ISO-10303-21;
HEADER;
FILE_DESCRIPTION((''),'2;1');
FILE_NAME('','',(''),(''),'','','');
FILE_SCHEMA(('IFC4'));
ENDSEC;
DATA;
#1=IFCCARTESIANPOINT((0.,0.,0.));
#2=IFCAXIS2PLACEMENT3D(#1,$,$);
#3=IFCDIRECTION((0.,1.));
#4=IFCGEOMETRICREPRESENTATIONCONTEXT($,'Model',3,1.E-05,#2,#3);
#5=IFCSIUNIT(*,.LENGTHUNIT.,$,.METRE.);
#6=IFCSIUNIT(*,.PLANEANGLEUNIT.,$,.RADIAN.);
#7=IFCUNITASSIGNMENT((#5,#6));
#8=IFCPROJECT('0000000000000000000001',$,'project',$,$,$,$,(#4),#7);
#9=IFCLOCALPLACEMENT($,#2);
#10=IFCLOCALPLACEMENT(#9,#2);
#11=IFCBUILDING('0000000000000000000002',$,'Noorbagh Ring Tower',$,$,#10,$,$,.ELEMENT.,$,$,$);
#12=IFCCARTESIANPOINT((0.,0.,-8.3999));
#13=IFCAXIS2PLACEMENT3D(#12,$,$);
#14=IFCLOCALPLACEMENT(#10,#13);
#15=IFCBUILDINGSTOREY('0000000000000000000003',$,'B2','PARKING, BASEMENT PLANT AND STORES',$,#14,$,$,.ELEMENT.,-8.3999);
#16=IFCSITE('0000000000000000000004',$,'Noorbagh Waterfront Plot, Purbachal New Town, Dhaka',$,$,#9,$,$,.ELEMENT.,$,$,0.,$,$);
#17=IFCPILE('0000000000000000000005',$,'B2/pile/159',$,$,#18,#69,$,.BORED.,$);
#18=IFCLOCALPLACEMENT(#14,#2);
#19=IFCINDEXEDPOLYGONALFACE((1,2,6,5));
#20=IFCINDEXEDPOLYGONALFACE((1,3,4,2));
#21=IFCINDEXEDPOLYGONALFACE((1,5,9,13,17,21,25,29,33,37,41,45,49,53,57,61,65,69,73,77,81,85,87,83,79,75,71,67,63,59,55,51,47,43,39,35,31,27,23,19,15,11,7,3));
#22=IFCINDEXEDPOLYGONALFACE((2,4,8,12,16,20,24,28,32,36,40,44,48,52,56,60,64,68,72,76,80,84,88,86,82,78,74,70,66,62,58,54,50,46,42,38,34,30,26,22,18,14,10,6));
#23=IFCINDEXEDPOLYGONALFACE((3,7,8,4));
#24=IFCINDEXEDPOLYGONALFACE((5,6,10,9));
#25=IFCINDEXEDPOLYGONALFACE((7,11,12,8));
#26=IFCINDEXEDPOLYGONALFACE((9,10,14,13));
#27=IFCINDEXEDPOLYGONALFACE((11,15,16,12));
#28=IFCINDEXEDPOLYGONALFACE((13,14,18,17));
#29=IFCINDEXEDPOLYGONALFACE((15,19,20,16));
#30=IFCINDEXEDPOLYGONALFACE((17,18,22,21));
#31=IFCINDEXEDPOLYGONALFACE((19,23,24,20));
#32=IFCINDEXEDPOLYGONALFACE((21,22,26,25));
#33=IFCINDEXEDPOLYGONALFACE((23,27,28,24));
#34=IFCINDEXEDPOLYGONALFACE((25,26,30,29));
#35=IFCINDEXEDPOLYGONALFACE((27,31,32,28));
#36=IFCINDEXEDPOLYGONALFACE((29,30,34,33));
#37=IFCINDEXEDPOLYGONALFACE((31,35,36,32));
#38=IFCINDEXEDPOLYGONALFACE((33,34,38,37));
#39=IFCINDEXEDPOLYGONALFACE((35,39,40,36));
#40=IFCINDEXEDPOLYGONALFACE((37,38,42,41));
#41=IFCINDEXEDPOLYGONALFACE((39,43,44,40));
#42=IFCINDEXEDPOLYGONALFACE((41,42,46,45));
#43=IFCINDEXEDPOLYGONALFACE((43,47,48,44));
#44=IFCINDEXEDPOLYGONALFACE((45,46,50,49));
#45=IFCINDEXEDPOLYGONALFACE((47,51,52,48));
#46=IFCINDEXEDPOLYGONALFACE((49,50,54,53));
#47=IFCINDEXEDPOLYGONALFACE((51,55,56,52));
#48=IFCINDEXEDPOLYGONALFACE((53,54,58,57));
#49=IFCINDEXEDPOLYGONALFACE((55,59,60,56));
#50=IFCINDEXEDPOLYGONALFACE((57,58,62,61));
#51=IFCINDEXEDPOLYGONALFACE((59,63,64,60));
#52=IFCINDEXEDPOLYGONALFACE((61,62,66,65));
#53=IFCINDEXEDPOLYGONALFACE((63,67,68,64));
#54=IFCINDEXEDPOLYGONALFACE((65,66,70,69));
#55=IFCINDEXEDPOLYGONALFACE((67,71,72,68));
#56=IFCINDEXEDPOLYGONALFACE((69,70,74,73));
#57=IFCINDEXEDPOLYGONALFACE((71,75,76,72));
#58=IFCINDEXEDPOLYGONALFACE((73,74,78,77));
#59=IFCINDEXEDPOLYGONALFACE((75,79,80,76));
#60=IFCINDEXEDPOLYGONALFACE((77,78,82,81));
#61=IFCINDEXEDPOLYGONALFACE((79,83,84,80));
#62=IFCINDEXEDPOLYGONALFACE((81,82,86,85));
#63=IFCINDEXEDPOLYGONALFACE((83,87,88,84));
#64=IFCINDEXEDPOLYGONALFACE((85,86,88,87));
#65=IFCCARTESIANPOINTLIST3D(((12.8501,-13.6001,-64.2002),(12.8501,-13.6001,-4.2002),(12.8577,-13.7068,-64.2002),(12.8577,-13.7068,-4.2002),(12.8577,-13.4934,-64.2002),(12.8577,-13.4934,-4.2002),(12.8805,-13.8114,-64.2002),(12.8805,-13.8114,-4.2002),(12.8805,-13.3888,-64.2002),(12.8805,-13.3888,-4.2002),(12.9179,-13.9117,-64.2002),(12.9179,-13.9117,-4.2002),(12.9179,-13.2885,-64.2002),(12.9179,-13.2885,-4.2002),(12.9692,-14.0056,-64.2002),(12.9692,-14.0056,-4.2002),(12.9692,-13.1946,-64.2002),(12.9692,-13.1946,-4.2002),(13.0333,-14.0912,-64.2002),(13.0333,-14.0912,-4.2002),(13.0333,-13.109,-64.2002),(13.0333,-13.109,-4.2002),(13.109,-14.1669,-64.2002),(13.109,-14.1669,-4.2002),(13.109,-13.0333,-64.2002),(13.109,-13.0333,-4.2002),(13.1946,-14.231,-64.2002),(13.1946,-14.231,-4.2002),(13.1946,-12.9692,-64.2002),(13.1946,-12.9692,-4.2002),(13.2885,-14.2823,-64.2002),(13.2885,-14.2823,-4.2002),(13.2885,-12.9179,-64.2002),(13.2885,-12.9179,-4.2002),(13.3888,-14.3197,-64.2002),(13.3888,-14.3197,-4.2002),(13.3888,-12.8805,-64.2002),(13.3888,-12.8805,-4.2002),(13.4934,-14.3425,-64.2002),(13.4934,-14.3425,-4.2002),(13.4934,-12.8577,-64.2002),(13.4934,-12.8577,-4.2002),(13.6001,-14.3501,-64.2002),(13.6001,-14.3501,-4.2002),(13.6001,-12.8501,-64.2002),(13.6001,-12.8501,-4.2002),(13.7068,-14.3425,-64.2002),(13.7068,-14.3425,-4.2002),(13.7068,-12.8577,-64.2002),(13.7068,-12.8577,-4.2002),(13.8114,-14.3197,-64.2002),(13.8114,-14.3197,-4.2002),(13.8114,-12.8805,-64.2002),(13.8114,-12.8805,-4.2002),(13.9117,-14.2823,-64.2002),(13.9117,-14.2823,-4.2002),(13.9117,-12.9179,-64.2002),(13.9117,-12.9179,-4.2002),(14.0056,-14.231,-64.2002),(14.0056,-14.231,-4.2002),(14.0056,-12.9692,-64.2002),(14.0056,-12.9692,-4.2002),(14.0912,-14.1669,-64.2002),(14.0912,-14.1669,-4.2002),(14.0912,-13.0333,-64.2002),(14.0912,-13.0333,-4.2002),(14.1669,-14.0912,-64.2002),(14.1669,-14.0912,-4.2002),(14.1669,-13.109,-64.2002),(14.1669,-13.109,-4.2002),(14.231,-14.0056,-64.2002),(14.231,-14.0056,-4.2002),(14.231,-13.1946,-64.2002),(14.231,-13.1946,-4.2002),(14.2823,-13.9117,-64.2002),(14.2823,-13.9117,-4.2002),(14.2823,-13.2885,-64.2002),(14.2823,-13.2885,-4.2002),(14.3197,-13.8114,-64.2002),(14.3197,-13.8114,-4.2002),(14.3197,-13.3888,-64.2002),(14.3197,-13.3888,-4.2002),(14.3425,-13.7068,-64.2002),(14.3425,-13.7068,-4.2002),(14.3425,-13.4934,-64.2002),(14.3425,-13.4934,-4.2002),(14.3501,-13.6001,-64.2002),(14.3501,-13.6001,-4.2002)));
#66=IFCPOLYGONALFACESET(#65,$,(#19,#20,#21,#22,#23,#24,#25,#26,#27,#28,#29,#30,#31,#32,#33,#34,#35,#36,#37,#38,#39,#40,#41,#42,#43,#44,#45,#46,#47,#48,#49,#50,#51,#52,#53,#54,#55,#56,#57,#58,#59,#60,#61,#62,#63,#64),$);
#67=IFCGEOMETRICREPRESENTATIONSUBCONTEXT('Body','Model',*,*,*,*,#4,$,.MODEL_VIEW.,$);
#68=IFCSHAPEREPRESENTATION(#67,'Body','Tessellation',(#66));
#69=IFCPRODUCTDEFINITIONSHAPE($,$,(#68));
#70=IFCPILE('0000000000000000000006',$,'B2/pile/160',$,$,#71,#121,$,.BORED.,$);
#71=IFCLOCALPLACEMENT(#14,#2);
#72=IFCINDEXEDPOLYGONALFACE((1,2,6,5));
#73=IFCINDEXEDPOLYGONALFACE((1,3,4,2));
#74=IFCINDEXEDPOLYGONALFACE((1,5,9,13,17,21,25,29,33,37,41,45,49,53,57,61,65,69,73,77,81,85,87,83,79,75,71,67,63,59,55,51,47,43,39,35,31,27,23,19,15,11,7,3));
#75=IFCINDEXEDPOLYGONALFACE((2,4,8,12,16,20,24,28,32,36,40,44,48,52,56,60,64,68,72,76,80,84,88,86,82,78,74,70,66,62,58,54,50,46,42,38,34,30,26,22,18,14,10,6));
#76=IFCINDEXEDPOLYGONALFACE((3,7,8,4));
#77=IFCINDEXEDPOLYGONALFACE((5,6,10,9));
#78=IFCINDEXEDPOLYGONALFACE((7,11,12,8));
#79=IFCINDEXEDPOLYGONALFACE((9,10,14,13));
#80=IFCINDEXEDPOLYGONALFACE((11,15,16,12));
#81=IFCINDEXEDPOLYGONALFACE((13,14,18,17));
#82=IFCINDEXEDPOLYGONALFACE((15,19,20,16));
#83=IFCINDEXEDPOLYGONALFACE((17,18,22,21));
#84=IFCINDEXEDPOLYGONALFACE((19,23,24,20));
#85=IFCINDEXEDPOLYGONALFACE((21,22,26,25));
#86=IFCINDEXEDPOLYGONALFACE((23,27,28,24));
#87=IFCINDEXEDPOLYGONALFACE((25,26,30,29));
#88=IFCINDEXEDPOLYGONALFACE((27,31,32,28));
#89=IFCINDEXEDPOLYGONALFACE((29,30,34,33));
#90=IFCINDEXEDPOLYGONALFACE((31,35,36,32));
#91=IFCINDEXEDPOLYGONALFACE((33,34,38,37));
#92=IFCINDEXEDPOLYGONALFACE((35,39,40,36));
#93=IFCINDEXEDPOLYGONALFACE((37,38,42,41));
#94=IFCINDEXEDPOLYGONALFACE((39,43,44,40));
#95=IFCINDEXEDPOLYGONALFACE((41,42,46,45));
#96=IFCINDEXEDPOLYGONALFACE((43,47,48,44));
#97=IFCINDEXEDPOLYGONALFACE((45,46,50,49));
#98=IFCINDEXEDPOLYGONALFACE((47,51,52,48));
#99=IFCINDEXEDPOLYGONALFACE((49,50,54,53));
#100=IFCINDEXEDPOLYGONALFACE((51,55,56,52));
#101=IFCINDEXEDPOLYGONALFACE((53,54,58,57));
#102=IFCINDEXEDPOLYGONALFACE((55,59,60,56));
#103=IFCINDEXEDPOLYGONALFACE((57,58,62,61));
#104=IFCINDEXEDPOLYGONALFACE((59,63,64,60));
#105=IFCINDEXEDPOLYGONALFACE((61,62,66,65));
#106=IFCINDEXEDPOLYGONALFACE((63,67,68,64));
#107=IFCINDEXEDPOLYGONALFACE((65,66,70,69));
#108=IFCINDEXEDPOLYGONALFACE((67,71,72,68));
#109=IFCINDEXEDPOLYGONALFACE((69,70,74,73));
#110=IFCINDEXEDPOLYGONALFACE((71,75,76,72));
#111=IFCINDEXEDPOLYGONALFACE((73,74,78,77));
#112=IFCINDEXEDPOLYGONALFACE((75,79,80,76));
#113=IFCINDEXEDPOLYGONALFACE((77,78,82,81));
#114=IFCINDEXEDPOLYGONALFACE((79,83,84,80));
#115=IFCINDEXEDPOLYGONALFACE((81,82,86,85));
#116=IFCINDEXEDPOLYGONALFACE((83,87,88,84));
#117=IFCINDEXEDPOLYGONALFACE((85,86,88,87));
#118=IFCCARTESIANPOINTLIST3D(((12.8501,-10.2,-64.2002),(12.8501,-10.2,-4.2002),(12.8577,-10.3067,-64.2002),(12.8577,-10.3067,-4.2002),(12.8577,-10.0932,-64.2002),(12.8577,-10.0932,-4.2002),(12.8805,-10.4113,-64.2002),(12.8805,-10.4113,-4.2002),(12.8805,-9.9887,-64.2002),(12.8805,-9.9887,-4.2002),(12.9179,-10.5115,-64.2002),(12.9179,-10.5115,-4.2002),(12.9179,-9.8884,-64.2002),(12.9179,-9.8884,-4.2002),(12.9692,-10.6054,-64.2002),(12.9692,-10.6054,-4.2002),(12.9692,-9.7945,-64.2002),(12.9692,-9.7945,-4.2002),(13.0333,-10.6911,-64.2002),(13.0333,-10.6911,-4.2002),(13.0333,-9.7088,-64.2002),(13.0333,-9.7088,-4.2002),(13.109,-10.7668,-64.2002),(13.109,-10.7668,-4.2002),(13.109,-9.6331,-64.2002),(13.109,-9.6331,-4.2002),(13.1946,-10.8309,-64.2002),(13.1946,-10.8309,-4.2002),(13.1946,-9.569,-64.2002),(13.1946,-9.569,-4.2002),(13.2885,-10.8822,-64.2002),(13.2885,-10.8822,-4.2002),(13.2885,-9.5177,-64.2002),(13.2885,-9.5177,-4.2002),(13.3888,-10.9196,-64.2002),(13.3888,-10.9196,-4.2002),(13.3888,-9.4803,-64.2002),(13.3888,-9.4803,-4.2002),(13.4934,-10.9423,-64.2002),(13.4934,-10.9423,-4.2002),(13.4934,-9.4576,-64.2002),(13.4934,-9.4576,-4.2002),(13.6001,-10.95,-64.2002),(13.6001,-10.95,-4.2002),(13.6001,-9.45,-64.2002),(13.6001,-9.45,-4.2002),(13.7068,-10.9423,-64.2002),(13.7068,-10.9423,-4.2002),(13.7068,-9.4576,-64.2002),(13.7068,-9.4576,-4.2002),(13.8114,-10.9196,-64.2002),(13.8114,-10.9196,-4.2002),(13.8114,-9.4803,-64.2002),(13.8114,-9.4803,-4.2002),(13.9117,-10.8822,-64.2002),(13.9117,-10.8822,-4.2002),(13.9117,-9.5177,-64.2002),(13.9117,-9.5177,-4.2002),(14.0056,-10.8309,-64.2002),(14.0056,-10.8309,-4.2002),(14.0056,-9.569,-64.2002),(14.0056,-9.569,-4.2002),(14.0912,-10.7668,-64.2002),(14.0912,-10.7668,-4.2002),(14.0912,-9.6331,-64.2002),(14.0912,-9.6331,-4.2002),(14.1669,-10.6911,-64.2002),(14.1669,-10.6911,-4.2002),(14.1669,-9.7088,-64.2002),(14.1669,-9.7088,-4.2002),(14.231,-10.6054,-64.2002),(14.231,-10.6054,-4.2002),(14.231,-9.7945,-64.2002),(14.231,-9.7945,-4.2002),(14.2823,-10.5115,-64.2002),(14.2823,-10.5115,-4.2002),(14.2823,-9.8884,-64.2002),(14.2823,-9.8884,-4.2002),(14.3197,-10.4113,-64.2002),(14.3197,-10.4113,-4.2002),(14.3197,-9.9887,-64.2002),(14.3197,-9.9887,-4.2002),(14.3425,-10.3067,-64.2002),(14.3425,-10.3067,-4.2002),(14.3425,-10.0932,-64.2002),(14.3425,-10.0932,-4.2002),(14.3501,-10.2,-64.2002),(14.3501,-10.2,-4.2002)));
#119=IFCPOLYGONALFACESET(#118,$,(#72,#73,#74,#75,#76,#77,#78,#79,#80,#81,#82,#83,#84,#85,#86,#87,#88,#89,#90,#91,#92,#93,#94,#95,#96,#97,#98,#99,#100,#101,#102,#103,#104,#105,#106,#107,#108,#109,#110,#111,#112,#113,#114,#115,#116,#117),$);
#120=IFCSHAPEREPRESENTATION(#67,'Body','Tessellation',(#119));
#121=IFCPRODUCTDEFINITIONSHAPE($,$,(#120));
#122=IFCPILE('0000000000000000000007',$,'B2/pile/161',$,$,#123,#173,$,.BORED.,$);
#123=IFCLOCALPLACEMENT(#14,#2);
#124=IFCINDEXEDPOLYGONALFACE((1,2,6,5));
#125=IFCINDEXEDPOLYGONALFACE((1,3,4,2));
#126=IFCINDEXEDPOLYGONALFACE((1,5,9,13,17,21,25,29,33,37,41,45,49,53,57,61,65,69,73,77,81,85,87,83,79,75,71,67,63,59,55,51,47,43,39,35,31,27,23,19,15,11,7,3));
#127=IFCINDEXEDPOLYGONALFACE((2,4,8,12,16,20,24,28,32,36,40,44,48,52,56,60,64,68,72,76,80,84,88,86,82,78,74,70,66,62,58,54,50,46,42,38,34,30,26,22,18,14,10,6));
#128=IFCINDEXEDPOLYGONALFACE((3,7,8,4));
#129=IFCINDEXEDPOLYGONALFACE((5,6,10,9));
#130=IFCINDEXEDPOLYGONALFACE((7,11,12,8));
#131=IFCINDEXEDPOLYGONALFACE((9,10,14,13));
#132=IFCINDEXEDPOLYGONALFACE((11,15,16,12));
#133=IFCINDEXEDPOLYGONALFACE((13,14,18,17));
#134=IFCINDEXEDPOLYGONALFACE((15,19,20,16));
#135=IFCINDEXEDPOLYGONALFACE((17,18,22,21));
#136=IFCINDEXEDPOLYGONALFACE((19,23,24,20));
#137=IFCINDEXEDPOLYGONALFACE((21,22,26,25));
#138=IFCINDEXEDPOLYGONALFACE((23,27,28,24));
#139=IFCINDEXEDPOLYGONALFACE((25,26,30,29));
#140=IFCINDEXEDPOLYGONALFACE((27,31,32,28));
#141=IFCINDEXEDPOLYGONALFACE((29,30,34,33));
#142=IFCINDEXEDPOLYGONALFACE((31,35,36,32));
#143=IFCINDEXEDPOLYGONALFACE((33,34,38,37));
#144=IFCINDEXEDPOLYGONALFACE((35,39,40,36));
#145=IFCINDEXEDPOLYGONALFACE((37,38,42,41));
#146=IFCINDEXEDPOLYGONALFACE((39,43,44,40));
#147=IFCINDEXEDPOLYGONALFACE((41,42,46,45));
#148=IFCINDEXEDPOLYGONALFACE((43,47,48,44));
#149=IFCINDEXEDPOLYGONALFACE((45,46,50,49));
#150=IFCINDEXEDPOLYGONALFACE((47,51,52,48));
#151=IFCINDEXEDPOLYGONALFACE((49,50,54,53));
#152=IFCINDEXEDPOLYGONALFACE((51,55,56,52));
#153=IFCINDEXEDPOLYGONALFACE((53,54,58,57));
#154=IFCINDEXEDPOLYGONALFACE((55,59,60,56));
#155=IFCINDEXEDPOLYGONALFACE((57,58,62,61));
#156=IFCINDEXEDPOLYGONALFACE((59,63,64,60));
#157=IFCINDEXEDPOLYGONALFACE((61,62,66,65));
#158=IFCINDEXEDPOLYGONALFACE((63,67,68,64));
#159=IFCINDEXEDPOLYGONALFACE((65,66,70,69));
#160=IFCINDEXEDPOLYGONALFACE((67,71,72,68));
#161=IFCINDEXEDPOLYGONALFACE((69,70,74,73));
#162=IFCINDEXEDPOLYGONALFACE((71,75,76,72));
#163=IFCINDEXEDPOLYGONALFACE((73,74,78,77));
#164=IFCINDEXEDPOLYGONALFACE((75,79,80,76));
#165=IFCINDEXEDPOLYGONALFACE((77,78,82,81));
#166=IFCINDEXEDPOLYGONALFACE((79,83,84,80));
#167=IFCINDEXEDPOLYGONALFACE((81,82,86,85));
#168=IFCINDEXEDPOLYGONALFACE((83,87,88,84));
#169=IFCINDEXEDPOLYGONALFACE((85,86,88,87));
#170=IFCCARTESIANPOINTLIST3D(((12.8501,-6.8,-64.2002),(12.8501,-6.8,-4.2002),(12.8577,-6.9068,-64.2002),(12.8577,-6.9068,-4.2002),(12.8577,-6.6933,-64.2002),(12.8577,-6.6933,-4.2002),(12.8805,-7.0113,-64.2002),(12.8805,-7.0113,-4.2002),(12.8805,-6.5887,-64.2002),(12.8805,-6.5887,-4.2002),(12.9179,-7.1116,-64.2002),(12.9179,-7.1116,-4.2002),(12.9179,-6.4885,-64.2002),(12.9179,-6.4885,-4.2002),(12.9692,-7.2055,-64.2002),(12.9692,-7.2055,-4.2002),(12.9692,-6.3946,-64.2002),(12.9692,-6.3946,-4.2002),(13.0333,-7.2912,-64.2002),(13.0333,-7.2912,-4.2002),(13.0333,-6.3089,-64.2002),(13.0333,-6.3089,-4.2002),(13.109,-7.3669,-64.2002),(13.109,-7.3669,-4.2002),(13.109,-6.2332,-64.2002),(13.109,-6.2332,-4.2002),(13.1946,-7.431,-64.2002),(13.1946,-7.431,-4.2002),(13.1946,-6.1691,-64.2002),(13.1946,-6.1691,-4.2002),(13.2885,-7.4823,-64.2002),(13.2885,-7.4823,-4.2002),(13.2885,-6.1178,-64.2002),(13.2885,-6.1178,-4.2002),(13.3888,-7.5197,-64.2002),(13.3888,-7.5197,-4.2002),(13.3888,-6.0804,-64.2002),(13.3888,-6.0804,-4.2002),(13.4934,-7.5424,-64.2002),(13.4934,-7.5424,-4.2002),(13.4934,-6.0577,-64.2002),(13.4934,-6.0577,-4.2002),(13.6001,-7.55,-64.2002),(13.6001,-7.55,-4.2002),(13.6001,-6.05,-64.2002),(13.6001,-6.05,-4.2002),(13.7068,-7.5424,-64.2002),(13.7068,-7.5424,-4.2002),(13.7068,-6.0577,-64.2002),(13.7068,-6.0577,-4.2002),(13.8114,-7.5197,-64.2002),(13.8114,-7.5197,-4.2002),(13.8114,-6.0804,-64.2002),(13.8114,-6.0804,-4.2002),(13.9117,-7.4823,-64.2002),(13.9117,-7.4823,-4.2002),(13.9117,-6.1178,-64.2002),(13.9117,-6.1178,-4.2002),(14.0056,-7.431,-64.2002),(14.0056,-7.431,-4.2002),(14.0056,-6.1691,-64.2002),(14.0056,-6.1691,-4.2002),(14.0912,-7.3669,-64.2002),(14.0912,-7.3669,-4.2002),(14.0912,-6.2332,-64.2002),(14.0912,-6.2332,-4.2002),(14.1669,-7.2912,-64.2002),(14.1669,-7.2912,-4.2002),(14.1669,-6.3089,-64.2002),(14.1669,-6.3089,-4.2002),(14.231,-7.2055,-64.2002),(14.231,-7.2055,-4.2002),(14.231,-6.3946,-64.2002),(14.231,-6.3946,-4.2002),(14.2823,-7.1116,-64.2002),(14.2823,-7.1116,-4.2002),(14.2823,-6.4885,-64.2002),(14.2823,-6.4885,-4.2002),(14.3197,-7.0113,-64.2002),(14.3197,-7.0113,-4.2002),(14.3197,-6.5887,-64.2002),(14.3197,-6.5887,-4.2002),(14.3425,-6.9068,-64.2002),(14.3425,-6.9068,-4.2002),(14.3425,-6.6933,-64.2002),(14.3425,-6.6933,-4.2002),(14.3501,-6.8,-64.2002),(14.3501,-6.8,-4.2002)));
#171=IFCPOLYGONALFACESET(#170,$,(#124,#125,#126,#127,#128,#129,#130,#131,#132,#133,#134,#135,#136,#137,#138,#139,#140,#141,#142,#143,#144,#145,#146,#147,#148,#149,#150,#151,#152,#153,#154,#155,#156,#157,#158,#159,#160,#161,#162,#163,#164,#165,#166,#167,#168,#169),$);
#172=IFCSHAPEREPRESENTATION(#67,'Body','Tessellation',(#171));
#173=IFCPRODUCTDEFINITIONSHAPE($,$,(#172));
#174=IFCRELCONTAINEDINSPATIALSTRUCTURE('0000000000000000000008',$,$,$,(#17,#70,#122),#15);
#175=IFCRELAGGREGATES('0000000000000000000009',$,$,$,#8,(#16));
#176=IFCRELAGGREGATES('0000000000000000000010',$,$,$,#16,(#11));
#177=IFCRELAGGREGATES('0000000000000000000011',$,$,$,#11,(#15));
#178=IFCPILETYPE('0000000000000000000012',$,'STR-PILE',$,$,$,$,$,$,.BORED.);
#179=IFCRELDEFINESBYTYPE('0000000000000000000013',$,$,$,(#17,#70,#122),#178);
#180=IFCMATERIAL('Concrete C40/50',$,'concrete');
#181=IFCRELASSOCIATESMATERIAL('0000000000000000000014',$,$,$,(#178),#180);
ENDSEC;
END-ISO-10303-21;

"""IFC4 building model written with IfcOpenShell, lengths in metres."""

from ifc_helpers import new_model, si_unit, direction, frame, origin, origin_2d, place, context, subcontext, project, spatial, circle, extrude, material, material_profile, profile_set, type_object, element, save


model = new_model("IFC4")

# Units and contexts
model_context = context("Model", 3, precision=1e-05, world=origin(), true_north=direction((0.0, 1.0)))
body_context = subcontext(model_context, "Body", "Model", "MODEL_VIEW")
ifc_project = project(units=[si_unit("LENGTHUNIT", "METRE"), si_unit("PLANEANGLEUNIT", "RADIAN")], contexts=[model_context])

# Site, building, storey
site_placement = place(None, origin())
site = spatial("IfcSite", under=ifc_project, at=site_placement, Name="Noorbagh Waterfront Plot, Purbachal New Town, Dhaka", CompositionType="ELEMENT", RefElevation=0.0)
building_placement = place(site_placement, origin())
building = spatial("IfcBuilding", under=site, at=building_placement, Name="Noorbagh Ring Tower", CompositionType="ELEMENT")
storey_placement = place(building_placement, frame((0.0, 0.0, -8.3999)))
storey = spatial("IfcBuildingStorey", under=building, at=storey_placement, Name="B2", Description="PARKING, BASEMENT PLANT AND STORES", CompositionType="ELEMENT", Elevation=-8.3999)

# Piles
ifc_material_1 = material(Name="Concrete C40/50", Category="concrete")
ifc_material_profile_1 = material_profile(ifc_material_1, circle(Radius=0.75, at=origin_2d()), Name="PILE1500")
ifc_profile_set_1 = profile_set([ifc_material_profile_1], Name="Concrete C40/50")
pile_type = type_object("IfcPileType", Name="STR-PILE", PredefinedType="BORED", material=ifc_profile_set_1)
for number, where, z_axis, x_axis, name in (
    (1, (13.6001, -13.6001, -4.2002), (0.0, 0.0, -1.0), (1.0, 0.0, 0.0), "B2/pile/159"),
    (2, (13.6001, -10.2, -4.2002), (0.0, 0.0, -1.0), (1.0, 0.0, 0.0), "B2/pile/160"),
    (3, (13.6001, -6.8, -4.2002), (0.0, 0.0, -1.0), (1.0, 0.0, 0.0), "B2/pile/161"),
):
    element("IfcPile", number, at=place(storey_placement, frame(where, z_axis=z_axis, x_axis=x_axis)), inside=storey, type_object=pile_type, Name=name, PredefinedType="BORED", context=body_context, shape_type="SweptSolid", body=[
        extrude(circle(Radius=0.75, at=origin_2d()), origin(), (0.0, 0.0, 1.0), 60.0),
    ])

save(model, "model.ifc")
